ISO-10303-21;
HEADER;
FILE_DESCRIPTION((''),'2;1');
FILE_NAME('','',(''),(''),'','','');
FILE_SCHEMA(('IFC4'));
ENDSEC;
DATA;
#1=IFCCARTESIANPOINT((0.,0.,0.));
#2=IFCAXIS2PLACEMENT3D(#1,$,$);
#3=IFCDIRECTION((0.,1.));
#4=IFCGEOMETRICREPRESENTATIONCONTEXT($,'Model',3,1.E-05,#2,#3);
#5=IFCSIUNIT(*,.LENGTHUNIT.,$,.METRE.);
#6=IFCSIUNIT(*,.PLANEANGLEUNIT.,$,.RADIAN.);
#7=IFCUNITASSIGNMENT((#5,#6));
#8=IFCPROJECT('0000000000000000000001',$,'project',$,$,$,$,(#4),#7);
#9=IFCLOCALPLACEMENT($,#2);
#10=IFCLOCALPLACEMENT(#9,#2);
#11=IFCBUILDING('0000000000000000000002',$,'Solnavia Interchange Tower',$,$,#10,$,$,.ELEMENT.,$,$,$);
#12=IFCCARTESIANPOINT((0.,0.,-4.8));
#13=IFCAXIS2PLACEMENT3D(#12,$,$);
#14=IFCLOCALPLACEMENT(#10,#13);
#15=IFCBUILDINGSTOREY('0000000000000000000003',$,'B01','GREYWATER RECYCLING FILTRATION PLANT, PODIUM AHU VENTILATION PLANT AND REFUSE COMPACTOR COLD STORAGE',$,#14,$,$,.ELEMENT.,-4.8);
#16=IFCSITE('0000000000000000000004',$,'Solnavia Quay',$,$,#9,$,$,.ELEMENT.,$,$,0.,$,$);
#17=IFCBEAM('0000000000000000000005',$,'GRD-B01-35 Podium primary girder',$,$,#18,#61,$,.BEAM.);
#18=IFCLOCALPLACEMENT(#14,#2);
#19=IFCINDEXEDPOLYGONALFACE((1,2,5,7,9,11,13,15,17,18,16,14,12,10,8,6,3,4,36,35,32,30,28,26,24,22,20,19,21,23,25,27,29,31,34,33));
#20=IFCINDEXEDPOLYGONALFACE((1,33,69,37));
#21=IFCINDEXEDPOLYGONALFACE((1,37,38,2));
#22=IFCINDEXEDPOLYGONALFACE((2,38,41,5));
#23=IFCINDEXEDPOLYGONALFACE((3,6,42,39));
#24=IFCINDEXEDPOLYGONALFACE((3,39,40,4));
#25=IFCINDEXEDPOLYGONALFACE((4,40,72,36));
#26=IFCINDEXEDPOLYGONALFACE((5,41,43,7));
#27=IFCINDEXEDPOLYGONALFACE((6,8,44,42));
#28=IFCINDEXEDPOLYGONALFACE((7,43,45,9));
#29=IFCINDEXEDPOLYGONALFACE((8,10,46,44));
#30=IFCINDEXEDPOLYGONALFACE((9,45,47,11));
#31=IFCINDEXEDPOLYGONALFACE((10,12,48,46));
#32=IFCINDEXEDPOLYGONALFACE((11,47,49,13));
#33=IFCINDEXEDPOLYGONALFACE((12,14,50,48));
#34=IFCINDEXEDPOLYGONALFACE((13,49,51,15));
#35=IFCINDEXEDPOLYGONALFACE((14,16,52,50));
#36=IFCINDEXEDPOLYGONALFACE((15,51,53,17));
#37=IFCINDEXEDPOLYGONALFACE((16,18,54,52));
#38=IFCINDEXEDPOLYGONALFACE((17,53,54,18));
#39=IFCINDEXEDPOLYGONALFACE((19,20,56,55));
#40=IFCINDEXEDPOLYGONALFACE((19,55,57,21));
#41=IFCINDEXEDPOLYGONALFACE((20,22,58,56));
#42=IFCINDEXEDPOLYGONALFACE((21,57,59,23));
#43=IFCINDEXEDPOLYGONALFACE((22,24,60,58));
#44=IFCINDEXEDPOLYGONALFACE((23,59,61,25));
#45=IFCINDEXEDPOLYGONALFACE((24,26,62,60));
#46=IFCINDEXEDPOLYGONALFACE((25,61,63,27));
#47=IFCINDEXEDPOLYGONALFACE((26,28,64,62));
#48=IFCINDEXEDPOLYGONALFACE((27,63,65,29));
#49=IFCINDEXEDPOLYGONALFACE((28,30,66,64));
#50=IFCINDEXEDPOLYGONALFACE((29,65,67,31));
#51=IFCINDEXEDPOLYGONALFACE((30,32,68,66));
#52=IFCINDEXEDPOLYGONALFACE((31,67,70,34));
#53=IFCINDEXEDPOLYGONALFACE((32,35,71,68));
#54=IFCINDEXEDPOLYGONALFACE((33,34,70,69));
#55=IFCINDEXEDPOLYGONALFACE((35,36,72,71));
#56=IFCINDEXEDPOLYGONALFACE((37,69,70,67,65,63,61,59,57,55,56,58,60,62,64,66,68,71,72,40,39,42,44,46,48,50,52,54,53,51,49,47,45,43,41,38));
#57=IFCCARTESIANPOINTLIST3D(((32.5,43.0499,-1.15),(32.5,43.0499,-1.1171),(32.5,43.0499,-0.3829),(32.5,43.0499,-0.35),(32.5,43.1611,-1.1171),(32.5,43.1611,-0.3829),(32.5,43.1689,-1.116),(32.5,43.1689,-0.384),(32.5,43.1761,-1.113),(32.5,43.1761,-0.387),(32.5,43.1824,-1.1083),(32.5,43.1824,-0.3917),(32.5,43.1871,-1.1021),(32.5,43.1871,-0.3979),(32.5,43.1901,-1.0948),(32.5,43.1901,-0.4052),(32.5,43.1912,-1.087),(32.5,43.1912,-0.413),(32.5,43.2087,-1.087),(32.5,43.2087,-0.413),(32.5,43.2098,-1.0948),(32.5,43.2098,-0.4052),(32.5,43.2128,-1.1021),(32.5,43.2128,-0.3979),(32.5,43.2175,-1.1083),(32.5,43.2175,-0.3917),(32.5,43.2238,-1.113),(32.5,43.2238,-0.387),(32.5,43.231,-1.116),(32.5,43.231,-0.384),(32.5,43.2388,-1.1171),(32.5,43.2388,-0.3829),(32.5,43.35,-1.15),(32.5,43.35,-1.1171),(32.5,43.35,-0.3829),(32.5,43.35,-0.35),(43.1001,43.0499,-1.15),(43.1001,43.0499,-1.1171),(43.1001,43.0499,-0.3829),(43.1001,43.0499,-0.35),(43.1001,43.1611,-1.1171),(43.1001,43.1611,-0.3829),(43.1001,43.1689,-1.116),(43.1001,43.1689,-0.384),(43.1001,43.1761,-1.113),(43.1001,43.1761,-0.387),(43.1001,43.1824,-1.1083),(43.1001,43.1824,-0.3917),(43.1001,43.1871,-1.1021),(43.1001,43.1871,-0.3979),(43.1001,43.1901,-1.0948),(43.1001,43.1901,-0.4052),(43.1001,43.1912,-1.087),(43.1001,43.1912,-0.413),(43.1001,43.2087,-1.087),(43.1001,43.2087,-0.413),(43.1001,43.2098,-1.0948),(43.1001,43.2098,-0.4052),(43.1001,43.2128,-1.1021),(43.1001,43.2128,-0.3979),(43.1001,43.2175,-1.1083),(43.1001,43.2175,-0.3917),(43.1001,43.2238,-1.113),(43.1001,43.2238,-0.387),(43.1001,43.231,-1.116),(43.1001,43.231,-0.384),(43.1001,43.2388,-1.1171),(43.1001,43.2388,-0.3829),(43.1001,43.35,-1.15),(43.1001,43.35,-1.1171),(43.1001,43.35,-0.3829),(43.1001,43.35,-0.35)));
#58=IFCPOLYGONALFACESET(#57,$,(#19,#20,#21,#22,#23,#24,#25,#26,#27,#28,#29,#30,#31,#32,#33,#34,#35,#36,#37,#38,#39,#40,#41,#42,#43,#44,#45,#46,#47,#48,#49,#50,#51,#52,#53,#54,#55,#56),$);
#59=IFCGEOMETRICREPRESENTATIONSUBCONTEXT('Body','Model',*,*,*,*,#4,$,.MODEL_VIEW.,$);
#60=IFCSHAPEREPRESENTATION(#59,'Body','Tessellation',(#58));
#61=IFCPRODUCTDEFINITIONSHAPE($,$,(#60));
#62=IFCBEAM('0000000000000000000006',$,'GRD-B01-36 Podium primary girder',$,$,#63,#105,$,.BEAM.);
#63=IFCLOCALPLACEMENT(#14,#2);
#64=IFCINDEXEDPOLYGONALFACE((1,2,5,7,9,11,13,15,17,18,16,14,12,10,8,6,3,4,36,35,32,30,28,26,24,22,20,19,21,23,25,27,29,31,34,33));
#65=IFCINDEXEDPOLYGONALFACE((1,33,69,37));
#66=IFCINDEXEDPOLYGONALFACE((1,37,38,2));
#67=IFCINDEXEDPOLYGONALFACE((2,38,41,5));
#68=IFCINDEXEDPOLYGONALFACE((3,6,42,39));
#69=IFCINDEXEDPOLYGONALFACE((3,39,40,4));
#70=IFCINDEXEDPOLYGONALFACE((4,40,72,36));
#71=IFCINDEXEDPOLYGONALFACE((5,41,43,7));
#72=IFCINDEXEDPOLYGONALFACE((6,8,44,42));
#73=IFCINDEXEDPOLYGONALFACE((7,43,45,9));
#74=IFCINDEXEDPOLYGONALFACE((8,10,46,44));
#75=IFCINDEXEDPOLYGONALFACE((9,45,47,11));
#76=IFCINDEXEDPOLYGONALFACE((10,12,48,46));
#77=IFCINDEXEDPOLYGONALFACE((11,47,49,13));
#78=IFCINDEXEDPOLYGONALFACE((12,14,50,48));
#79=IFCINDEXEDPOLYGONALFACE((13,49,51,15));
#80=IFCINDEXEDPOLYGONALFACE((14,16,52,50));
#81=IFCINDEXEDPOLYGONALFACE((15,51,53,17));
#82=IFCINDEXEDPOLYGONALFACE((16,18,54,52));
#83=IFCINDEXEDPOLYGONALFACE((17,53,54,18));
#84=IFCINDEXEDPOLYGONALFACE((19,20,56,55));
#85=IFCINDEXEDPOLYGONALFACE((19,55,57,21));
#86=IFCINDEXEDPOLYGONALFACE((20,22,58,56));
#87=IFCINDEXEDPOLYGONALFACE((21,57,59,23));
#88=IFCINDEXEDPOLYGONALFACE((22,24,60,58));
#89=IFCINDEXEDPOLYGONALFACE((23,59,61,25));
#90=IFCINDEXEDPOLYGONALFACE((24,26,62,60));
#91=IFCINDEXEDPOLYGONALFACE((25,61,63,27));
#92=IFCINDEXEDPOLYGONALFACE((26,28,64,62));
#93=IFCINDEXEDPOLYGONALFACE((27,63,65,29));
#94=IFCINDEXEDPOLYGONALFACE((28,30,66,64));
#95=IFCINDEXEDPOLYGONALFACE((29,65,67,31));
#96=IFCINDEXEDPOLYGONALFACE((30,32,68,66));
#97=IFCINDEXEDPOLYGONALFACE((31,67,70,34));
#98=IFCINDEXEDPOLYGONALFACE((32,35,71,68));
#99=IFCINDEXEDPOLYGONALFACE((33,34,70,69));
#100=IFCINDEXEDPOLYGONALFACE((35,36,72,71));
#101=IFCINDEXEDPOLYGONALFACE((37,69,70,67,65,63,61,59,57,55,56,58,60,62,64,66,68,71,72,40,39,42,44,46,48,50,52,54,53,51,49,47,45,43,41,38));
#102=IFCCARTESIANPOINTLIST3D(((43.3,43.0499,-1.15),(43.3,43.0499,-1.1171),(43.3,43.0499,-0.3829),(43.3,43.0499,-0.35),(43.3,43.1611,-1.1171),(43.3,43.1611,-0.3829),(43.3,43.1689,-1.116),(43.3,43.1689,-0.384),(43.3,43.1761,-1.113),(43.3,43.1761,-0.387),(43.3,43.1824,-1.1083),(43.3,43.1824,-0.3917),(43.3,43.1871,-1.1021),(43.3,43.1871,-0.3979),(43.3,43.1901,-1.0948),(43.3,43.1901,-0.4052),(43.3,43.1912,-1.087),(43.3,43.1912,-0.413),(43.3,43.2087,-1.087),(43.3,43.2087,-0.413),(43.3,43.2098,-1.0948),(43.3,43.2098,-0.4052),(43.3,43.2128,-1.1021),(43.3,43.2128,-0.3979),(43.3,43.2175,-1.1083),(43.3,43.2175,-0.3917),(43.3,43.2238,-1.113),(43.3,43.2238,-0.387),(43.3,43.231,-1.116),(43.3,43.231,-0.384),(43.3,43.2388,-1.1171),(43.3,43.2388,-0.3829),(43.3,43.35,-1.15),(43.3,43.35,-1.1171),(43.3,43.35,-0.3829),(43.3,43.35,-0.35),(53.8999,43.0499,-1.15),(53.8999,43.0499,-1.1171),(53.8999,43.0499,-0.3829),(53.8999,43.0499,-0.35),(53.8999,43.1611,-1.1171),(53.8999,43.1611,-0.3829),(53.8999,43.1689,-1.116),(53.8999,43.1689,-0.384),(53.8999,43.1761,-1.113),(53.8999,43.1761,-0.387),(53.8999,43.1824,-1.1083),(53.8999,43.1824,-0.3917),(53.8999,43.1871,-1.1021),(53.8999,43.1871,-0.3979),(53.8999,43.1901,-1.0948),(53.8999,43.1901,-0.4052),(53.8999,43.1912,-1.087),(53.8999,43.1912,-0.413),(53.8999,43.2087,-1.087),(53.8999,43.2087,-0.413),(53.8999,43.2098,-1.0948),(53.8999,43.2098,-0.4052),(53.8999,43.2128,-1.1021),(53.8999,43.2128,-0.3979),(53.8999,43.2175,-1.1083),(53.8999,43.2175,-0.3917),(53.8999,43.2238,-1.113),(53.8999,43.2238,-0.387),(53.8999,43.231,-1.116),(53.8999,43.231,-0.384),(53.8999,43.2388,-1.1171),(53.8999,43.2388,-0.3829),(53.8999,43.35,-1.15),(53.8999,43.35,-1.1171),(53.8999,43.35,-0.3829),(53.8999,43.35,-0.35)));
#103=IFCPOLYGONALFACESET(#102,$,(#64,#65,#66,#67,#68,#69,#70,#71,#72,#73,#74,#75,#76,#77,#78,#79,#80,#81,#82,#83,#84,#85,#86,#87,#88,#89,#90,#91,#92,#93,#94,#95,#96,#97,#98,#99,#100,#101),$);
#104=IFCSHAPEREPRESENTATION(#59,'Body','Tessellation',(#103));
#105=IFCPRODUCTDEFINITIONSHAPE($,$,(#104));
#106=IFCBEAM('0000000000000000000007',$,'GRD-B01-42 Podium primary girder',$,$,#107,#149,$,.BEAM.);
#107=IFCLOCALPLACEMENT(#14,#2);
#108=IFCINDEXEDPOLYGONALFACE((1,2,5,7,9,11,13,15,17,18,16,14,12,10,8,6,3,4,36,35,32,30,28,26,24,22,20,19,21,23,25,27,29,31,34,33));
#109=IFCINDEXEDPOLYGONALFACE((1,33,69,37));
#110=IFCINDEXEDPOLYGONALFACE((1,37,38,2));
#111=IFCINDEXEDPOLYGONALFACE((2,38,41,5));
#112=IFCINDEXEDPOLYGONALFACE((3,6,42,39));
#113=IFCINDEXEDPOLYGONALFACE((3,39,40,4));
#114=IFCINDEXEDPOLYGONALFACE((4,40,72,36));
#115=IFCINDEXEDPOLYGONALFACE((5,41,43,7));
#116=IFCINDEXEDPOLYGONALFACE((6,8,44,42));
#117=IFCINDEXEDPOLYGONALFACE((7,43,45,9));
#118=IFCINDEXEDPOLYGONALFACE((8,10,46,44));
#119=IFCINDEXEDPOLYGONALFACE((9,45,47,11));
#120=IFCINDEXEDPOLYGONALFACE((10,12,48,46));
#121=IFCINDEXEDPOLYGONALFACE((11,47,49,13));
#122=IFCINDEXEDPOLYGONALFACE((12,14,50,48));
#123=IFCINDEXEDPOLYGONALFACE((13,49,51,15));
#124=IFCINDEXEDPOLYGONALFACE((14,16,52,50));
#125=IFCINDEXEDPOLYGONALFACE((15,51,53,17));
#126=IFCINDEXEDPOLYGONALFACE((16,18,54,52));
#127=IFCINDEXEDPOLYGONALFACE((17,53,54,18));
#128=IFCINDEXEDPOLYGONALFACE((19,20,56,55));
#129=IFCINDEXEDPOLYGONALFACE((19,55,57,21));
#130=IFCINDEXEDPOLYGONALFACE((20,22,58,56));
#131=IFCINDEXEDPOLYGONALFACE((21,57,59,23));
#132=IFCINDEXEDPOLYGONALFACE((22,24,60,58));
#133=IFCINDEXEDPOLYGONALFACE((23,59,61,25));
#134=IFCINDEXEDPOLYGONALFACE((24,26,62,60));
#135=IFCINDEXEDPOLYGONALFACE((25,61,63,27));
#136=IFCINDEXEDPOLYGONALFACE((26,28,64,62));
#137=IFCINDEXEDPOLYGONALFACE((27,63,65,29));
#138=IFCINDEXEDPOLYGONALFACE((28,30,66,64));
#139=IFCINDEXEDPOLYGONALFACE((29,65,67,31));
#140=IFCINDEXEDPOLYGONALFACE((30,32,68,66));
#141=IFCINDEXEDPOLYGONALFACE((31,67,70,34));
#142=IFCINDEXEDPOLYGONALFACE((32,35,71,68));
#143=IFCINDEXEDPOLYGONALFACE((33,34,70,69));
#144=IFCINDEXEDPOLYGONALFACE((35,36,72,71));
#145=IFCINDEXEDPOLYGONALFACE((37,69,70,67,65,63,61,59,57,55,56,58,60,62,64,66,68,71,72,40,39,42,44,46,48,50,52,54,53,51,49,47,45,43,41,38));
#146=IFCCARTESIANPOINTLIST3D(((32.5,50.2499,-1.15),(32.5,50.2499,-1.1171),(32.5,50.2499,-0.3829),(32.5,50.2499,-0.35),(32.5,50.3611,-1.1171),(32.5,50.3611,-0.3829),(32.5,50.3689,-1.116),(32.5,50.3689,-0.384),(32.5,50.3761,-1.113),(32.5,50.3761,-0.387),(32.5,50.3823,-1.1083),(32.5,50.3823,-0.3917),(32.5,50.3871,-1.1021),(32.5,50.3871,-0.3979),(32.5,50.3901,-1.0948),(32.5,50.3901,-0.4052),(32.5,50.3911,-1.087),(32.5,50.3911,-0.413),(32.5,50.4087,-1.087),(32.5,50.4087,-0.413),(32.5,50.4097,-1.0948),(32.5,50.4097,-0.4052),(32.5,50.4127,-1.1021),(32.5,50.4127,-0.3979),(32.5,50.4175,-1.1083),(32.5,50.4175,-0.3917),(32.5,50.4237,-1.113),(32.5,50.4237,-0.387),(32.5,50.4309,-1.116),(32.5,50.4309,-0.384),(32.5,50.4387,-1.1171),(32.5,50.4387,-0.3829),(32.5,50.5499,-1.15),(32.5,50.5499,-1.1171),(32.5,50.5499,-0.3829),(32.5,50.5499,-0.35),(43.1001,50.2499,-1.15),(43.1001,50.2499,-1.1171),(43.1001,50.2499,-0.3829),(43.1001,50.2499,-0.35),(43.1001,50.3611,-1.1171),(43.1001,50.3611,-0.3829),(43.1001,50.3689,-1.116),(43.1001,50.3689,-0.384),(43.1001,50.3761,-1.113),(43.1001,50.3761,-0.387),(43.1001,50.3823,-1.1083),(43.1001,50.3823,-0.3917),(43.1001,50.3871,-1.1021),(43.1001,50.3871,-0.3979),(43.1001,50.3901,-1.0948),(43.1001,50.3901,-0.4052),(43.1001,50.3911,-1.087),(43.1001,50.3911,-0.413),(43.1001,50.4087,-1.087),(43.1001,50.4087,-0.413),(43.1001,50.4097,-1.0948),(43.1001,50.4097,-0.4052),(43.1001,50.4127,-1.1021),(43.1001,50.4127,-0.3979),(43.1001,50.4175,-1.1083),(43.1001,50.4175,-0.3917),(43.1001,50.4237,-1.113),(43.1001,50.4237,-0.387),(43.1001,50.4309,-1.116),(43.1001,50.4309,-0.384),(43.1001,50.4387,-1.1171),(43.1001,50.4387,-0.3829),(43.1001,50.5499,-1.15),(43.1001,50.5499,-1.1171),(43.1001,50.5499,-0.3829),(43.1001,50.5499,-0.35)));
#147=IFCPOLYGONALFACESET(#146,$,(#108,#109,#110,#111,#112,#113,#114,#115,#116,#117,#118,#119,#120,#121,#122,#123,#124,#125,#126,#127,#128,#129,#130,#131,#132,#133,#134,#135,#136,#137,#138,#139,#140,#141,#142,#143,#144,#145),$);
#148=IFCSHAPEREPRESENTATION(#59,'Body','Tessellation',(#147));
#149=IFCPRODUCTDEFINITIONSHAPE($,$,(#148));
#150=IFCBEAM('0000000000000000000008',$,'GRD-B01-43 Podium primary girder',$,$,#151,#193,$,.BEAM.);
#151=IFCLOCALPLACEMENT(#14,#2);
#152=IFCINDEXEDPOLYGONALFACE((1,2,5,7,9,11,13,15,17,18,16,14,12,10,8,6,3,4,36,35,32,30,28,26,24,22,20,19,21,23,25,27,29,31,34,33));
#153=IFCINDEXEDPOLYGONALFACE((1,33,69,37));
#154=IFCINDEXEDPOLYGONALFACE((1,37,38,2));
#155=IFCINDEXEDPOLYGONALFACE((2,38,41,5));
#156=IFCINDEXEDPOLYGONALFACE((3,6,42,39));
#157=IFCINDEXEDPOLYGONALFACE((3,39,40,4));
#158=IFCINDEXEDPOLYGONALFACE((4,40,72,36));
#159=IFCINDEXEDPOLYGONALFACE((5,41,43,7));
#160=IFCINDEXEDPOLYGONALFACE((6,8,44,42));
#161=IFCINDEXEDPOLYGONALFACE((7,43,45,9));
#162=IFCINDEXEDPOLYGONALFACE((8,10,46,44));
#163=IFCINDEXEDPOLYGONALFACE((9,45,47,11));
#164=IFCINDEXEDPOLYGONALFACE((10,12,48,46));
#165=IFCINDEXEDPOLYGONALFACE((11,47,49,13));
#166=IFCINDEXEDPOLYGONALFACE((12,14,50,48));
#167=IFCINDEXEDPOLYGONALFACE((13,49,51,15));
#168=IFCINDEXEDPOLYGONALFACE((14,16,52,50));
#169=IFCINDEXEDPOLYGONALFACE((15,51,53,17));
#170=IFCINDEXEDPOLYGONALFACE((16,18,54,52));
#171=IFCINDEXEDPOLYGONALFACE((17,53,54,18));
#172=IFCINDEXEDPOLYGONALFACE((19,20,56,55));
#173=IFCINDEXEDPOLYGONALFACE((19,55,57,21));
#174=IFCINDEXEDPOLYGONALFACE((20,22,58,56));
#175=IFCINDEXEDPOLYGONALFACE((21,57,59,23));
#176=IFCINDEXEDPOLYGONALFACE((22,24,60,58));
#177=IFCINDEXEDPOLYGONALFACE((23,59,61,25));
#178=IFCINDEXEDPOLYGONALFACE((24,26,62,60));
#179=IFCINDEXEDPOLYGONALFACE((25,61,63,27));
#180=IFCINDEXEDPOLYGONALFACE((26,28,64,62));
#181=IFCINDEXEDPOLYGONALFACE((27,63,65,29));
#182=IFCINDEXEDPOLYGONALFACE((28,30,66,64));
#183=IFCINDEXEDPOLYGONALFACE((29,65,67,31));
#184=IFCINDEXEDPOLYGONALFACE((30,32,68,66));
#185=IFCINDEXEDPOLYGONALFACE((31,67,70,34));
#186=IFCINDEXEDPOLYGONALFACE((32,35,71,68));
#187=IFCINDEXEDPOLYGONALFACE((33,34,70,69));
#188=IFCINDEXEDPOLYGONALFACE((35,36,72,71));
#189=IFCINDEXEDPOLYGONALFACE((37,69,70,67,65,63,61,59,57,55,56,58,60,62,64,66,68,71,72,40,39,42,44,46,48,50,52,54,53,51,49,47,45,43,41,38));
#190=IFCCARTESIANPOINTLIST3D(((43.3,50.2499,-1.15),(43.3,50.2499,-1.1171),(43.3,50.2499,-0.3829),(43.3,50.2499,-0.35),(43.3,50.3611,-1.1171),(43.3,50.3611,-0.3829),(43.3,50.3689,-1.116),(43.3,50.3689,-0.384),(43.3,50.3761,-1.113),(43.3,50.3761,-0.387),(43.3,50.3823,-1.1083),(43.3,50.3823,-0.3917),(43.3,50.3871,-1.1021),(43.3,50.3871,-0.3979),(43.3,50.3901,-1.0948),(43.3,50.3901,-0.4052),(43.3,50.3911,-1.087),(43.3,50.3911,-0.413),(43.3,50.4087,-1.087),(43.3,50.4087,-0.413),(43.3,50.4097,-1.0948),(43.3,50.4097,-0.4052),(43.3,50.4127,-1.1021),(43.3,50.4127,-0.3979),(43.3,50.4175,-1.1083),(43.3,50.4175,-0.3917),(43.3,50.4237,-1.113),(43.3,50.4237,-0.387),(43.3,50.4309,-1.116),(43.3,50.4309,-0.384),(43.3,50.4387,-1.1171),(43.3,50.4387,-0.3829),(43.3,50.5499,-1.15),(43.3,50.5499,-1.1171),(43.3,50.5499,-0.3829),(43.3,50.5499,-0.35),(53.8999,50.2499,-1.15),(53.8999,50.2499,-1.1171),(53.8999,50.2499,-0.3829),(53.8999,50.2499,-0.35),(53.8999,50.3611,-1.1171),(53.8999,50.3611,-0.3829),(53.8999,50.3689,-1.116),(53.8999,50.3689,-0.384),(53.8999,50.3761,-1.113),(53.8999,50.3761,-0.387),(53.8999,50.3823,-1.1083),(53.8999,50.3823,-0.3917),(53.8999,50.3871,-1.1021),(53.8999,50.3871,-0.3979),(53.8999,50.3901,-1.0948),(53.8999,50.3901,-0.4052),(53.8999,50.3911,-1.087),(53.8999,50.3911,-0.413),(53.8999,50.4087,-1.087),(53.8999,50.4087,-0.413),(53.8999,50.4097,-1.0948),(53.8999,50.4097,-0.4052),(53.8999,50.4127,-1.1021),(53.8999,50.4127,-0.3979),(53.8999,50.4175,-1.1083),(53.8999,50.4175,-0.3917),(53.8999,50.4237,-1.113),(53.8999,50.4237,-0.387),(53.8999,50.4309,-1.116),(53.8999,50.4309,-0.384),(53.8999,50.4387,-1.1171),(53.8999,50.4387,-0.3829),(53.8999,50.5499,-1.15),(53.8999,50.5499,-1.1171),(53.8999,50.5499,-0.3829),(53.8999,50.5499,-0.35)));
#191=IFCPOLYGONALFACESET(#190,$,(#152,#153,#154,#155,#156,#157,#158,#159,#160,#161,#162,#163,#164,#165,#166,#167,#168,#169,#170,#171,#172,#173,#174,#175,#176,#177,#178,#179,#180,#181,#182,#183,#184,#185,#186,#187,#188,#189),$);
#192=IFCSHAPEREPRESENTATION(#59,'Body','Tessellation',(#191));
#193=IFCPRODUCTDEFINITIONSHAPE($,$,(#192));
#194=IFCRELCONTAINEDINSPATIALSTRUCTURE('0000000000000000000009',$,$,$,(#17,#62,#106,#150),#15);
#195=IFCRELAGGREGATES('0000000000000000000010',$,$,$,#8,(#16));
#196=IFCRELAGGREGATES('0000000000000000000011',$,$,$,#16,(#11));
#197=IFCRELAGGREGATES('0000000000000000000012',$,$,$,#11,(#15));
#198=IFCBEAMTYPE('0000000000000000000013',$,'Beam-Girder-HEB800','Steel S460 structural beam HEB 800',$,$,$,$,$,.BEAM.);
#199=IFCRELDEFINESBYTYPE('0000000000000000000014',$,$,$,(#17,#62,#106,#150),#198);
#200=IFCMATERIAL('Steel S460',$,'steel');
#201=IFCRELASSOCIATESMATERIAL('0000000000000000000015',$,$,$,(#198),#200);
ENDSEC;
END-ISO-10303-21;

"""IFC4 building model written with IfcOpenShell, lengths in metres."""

from ifc_helpers import new_model, si_unit, direction, frame, origin, origin_2d, place, context, subcontext, project, spatial, i_section, extrude, material, material_profile, profile_set, type_object, element, save


model = new_model("IFC4")

# Units and contexts
model_context = context("Model", 3, precision=1e-05, world=origin(), true_north=direction((0.0, 1.0)))
body_context = subcontext(model_context, "Body", "Model", "MODEL_VIEW")
ifc_project = project(units=[si_unit("LENGTHUNIT", "METRE"), si_unit("PLANEANGLEUNIT", "RADIAN")], contexts=[model_context])

# Site, building, storey
site_placement = place(None, origin())
site = spatial("IfcSite", under=ifc_project, at=site_placement, Name="Solnavia Quay", CompositionType="ELEMENT", RefElevation=0.0)
building_placement = place(site_placement, origin())
building = spatial("IfcBuilding", under=site, at=building_placement, Name="Solnavia Interchange Tower", CompositionType="ELEMENT")
storey_placement = place(building_placement, frame((0.0, 0.0, -4.8)))
storey = spatial("IfcBuildingStorey", under=building, at=storey_placement, Name="B01", Description="GREYWATER RECYCLING FILTRATION PLANT, PODIUM AHU VENTILATION PLANT AND REFUSE COMPACTOR COLD STORAGE", CompositionType="ELEMENT", Elevation=-4.8)

# Beams
ifc_material_1 = material(Name="Steel S460", Category="steel")
ifc_material_profile_1 = material_profile(ifc_material_1, i_section(OverallWidth=0.3, OverallDepth=0.8, WebThickness=0.0176, FlangeThickness=0.033, FilletRadius=0.03, at=origin_2d()), Name="HEB 800")
ifc_profile_set_1 = profile_set([ifc_material_profile_1], Name="Steel S460")
beam_type_1 = type_object("IfcBeamType", Name="Beam-Girder-HEB800", Description="Steel S460 structural beam HEB 800", PredefinedType="BEAM", material=ifc_profile_set_1)
beam_1_placement = place(storey_placement, frame((32.5, 43.2, -0.75), z_axis=(1.0, 0.0, 0.0), x_axis=(0.0, 1.0, 0.0)))
element("IfcBeam", 1, at=beam_1_placement, inside=storey, type_object=beam_type_1, Name="GRD-B01-35 Podium primary girder", PredefinedType="BEAM", context=body_context, shape_type="SweptSolid", body=[
    extrude(i_section(OverallWidth=0.3, OverallDepth=0.8, WebThickness=0.0176, FlangeThickness=0.033, FilletRadius=0.03, at=origin_2d()), origin(), (0.0, 0.0, 1.0), 10.6001),
])
beam_2_placement = place(storey_placement, frame((43.3, 43.2, -0.75), z_axis=(1.0, 0.0, 0.0), x_axis=(0.0, 1.0, 0.0)))
element("IfcBeam", 2, at=beam_2_placement, inside=storey, type_object=beam_type_1, Name="GRD-B01-36 Podium primary girder", PredefinedType="BEAM", context=body_context, shape_type="SweptSolid", body=[
    extrude(i_section(OverallWidth=0.3, OverallDepth=0.8, WebThickness=0.0176, FlangeThickness=0.033, FilletRadius=0.03, at=origin_2d()), origin(), (0.0, 0.0, 1.0), 10.5999),
])
beam_3_placement = place(storey_placement, frame((32.5, 50.3999, -0.75), z_axis=(1.0, 0.0, 0.0), x_axis=(0.0, 1.0, 0.0)))
element("IfcBeam", 3, at=beam_3_placement, inside=storey, type_object=beam_type_1, Name="GRD-B01-42 Podium primary girder", PredefinedType="BEAM", context=body_context, shape_type="SweptSolid", body=[
    extrude(i_section(OverallWidth=0.3, OverallDepth=0.8, WebThickness=0.0176, FlangeThickness=0.033, FilletRadius=0.03, at=origin_2d()), origin(), (0.0, 0.0, 1.0), 10.6001),
])
beam_4_placement = place(storey_placement, frame((43.3, 50.3999, -0.75), z_axis=(1.0, 0.0, 0.0), x_axis=(0.0, 1.0, 0.0)))
element("IfcBeam", 4, at=beam_4_placement, inside=storey, type_object=beam_type_1, Name="GRD-B01-43 Podium primary girder", PredefinedType="BEAM", context=body_context, shape_type="SweptSolid", body=[
    extrude(i_section(OverallWidth=0.3, OverallDepth=0.8, WebThickness=0.0176, FlangeThickness=0.033, FilletRadius=0.03, at=origin_2d()), origin(), (0.0, 0.0, 1.0), 10.5999),
])

save(model, "model.ifc")
